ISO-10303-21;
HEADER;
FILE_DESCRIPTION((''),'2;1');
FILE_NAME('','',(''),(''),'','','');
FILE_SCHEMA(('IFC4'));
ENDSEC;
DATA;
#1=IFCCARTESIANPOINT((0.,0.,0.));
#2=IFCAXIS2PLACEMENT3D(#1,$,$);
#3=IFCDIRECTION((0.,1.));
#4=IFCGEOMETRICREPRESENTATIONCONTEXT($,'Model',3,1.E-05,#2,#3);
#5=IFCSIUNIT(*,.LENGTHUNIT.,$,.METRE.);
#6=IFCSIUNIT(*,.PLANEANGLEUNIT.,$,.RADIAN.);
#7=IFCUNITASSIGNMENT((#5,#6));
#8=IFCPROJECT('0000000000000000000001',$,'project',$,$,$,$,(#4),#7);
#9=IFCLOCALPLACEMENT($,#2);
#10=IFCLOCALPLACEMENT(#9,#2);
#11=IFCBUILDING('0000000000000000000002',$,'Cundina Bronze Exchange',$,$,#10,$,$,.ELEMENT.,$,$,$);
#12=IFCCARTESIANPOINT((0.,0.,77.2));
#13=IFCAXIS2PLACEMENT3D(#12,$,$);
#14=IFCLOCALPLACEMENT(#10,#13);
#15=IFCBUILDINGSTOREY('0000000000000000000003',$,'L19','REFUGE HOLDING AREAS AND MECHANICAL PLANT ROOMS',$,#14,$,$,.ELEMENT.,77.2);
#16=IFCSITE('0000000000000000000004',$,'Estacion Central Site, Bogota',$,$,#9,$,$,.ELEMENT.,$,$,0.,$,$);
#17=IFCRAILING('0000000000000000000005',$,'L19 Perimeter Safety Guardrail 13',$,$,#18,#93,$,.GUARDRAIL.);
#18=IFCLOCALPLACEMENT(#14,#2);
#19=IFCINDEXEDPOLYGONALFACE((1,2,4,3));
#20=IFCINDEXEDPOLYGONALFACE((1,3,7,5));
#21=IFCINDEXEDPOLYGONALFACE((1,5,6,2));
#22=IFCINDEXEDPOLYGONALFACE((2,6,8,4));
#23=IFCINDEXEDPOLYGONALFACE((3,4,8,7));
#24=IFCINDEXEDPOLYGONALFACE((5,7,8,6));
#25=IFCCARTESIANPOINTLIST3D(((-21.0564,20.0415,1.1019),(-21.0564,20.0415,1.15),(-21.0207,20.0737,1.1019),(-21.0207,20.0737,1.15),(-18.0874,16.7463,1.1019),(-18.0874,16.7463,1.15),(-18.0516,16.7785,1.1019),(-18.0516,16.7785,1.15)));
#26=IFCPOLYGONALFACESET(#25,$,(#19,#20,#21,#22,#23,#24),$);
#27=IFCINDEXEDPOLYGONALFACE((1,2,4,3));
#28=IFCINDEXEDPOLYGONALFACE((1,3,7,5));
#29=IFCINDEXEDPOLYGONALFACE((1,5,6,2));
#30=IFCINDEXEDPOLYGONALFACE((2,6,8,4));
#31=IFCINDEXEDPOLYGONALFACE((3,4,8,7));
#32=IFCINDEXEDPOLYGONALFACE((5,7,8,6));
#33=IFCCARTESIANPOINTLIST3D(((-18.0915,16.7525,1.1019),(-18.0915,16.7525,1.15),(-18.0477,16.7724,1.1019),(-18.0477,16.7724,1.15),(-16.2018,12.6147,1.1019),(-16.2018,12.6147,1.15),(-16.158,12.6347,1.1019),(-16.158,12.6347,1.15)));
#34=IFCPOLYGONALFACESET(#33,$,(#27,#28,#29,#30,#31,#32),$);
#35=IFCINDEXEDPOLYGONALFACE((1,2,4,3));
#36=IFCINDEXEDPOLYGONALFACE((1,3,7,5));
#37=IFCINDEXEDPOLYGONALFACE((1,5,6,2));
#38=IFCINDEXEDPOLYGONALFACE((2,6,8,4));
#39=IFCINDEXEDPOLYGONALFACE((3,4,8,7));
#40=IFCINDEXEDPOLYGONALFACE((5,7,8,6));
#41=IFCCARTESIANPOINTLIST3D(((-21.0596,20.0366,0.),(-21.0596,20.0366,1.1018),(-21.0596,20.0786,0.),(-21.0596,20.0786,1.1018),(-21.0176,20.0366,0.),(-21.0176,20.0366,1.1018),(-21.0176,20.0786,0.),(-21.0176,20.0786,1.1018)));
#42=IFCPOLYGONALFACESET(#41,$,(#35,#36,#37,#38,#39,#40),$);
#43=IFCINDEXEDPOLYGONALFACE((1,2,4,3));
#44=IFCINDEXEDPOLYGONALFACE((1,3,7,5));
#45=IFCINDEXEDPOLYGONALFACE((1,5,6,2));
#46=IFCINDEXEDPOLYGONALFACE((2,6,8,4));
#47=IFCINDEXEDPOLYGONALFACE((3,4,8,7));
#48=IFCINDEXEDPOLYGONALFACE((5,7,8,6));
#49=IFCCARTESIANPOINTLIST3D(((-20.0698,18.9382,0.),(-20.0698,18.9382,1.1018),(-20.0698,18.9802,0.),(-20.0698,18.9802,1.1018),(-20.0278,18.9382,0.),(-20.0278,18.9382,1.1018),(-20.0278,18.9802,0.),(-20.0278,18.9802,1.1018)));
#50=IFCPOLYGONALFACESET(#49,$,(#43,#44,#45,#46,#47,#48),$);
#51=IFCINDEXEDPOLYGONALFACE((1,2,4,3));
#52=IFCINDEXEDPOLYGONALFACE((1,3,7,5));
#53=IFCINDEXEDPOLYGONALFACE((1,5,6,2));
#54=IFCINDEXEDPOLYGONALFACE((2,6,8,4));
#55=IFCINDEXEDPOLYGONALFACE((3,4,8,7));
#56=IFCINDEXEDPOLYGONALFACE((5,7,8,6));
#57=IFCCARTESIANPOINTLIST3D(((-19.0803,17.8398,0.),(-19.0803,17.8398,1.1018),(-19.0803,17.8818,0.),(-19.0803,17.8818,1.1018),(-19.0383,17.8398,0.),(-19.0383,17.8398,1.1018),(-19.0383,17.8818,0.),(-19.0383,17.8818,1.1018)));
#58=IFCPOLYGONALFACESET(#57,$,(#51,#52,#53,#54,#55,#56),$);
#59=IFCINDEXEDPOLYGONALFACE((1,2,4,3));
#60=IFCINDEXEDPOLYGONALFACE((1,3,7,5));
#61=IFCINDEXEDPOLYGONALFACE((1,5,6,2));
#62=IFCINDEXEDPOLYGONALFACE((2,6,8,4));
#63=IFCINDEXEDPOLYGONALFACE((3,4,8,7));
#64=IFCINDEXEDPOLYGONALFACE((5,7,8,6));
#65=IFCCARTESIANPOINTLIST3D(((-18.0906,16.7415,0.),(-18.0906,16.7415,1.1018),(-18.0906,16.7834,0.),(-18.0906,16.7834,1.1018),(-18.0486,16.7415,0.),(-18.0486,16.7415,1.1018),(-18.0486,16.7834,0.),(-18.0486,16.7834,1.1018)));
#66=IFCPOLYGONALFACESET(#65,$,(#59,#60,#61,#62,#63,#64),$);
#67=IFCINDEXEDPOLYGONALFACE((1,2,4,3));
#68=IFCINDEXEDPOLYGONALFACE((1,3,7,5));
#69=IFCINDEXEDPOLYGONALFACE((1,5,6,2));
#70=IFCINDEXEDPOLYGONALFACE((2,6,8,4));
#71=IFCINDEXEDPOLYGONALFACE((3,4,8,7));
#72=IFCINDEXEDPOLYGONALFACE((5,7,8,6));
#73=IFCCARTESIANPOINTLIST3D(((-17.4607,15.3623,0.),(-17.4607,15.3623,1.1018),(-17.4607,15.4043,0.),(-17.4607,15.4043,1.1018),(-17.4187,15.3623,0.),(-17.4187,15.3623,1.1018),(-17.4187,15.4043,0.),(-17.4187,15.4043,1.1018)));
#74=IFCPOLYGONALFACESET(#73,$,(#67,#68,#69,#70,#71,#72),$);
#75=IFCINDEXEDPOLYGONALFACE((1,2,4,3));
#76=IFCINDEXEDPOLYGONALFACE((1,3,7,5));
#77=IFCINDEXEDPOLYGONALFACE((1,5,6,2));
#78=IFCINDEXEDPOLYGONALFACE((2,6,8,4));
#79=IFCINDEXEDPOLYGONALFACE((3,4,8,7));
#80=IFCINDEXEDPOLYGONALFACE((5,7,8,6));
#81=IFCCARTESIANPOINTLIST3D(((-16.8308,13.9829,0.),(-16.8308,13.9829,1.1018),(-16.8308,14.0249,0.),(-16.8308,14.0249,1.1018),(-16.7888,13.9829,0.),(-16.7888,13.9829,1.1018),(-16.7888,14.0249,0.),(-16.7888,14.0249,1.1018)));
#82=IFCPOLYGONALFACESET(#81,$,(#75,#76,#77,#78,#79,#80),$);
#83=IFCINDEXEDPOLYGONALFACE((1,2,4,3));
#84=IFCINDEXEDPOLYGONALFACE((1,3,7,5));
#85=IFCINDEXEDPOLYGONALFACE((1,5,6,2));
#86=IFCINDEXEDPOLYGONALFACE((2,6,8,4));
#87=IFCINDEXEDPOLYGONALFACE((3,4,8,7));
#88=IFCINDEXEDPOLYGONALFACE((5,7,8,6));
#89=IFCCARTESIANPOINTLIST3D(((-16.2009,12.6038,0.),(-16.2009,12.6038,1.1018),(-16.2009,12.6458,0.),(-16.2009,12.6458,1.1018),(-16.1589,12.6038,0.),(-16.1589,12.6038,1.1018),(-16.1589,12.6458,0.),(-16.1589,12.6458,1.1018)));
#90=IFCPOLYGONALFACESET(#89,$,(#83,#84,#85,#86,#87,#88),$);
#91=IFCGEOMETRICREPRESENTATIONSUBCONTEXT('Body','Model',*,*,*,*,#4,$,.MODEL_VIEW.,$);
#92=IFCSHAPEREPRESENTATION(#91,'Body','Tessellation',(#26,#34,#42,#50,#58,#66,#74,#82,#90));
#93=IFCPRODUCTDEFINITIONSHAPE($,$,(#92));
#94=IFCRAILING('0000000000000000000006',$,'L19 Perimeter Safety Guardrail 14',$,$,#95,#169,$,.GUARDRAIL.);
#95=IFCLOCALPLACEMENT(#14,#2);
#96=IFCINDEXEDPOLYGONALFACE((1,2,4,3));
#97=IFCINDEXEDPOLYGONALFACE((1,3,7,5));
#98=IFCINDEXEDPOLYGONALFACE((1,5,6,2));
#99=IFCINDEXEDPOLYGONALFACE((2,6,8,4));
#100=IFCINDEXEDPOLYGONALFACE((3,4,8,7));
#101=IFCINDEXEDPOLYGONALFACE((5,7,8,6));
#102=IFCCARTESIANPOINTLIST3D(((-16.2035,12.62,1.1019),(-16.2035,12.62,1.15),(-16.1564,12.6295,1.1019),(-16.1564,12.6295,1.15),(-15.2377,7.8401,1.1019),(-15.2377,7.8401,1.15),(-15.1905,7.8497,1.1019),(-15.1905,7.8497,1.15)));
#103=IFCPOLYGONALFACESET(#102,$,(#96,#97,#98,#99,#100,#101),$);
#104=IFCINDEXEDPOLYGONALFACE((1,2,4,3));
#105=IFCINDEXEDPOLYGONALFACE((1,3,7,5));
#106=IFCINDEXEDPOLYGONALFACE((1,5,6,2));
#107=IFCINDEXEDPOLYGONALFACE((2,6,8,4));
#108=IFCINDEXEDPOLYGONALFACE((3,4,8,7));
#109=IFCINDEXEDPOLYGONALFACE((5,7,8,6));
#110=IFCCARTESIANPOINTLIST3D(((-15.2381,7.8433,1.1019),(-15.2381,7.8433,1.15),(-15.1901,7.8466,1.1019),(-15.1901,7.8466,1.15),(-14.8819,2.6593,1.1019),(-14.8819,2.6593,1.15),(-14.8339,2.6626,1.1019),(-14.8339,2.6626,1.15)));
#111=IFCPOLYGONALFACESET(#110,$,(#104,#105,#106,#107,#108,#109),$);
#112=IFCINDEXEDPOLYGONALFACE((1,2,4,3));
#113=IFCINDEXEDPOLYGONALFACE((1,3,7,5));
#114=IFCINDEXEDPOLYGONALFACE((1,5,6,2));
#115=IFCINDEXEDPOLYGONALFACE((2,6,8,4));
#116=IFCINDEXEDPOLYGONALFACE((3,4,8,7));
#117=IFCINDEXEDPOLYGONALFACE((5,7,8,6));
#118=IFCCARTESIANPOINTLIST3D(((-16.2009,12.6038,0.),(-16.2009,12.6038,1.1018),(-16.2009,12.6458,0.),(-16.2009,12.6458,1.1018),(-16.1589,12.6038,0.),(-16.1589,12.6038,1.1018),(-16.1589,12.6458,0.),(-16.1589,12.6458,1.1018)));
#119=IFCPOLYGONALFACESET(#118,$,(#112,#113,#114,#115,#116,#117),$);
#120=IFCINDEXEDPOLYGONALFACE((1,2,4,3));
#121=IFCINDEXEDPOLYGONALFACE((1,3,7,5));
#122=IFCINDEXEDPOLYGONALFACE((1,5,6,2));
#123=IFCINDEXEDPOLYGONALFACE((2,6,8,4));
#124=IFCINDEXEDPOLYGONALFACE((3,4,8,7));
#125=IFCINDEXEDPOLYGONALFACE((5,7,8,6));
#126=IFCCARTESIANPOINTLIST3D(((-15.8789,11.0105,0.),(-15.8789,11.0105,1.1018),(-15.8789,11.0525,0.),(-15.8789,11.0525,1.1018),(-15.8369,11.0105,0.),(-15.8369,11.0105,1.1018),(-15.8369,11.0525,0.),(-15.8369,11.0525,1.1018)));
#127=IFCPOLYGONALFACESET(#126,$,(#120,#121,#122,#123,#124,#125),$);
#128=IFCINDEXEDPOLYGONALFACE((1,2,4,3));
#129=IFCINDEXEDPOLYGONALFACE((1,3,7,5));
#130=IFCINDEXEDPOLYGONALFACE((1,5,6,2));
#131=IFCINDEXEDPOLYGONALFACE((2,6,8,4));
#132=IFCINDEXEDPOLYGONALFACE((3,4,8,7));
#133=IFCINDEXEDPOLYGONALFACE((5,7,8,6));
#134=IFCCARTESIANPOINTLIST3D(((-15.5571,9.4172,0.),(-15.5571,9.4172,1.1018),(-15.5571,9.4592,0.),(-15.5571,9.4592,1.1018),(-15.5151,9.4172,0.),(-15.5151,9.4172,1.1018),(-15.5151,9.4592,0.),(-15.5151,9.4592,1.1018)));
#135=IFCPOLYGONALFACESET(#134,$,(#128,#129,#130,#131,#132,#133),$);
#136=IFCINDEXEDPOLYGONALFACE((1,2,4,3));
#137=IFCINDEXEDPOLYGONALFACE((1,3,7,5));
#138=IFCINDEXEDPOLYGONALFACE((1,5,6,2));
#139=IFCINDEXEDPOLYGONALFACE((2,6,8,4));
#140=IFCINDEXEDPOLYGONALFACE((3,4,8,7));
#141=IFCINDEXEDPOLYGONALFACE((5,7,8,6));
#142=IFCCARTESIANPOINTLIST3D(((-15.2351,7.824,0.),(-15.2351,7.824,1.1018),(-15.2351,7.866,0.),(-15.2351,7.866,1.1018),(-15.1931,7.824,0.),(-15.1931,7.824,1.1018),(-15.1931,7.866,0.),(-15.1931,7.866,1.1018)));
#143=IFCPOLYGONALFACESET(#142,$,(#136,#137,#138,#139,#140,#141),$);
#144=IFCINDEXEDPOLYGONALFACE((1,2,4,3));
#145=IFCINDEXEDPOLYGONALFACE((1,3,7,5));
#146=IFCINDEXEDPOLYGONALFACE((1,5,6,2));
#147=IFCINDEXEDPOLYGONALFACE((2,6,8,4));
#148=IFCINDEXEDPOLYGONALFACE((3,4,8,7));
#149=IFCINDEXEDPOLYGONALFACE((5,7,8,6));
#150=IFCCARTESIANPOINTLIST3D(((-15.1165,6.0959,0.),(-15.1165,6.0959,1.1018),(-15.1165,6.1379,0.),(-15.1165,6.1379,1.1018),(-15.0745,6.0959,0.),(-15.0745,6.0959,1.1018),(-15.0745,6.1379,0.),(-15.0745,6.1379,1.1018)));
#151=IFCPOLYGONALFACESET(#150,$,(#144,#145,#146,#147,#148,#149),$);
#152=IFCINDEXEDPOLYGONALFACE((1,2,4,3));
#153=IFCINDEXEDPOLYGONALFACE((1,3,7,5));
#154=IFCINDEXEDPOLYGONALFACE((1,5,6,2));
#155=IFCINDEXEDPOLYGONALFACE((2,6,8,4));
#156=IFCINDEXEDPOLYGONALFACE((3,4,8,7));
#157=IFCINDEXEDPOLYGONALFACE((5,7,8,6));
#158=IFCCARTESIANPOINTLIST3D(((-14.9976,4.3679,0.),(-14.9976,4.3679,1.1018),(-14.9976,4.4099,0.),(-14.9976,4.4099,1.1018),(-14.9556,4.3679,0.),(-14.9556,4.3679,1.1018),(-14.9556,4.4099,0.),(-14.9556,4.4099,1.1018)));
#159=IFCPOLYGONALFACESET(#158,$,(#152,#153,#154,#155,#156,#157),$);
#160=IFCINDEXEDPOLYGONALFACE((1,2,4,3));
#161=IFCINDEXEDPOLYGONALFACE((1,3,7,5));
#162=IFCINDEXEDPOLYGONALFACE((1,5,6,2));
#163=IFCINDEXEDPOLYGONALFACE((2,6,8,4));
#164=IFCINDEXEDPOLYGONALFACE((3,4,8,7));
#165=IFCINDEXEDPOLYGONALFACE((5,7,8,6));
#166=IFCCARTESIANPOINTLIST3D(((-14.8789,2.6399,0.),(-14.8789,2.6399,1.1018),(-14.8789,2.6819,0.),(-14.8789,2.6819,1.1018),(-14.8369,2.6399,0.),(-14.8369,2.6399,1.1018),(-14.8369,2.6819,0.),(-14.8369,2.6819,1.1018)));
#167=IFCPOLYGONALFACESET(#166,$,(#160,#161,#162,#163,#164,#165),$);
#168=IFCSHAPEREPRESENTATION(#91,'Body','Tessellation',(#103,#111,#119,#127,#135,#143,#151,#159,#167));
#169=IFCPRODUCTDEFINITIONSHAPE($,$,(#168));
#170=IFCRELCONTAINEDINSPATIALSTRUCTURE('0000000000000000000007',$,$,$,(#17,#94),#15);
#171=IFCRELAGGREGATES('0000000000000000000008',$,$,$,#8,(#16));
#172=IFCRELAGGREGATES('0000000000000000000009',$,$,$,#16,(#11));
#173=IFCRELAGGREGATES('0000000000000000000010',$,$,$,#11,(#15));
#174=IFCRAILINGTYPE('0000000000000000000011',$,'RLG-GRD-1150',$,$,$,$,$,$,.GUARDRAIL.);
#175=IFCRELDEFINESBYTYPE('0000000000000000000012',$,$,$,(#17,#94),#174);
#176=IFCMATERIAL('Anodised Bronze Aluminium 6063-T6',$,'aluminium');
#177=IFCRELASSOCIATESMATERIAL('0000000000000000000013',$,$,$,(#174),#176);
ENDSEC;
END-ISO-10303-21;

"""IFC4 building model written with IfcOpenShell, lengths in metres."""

from ifc_helpers import new_model, si_unit, direction, frame, origin, origin_2d, place, context, subcontext, project, spatial, rectangle, extrude, material, type_object, element, save


model = new_model("IFC4")

# Units and contexts
model_context = context("Model", 3, precision=1e-05, world=origin(), true_north=direction((0.0, 1.0)))
body_context = subcontext(model_context, "Body", "Model", "MODEL_VIEW")
ifc_project = project(units=[si_unit("LENGTHUNIT", "METRE"), si_unit("PLANEANGLEUNIT", "RADIAN")], contexts=[model_context])

# Site, building, storey
site_placement = place(None, origin())
site = spatial("IfcSite", under=ifc_project, at=site_placement, Name="Estacion Central Site, Bogota", CompositionType="ELEMENT", RefElevation=0.0)
building_placement = place(site_placement, origin())
building = spatial("IfcBuilding", under=site, at=building_placement, Name="Cundina Bronze Exchange", CompositionType="ELEMENT")
storey_placement = place(building_placement, frame((0.0, 0.0, 77.2)))
storey = spatial("IfcBuildingStorey", under=building, at=storey_placement, Name="L19", Description="REFUGE HOLDING AREAS AND MECHANICAL PLANT ROOMS", CompositionType="ELEMENT", Elevation=77.2)

# Railings
ifc_material_1 = material(Name="Anodised Bronze Aluminium 6063-T6", Category="aluminium")
railing_type = type_object("IfcRailingType", Name="RLG-GRD-1150", PredefinedType="GUARDRAIL", material=ifc_material_1)
railing_1_placement = place(storey_placement, frame((-21.0386, 20.0576, 0.0)))
element("IfcRailing", 1, at=railing_1_placement, inside=storey, type_object=railing_type, Name="L19 Perimeter Safety Guardrail 13", PredefinedType="GUARDRAIL", context=body_context, shape_type="SweptSolid", body=[
    extrude(rectangle(XDim=0.0481, YDim=0.0481, at=origin_2d()), frame((0.0, 0.0, 1.126), z_axis=(0.669381, -0.742919, 0.0), x_axis=(0.742919, 0.669381, 0.0)), (0.0, 0.0, 1.0), 4.4355),
    extrude(rectangle(XDim=0.0481, YDim=0.0481, at=origin_2d()), frame((2.969, -3.2952, 1.126), z_axis=(0.41542, -0.90963, 0.0), x_axis=(0.90963, 0.41542, 0.0)), (0.0, 0.0, 1.0), 4.5488),
    extrude(rectangle(XDim=0.042, YDim=0.042, at=origin_2d()), origin(), (0.0, 0.0, 1.0), 1.1018),
    extrude(rectangle(XDim=0.042, YDim=0.042, at=origin_2d()), frame((0.9897, -1.0984, 0.0)), (0.0, 0.0, 1.0), 1.1018),
    extrude(rectangle(XDim=0.042, YDim=0.042, at=origin_2d()), frame((1.9792, -2.1968, 0.0)), (0.0, 0.0, 1.0), 1.1018),
    extrude(rectangle(XDim=0.042, YDim=0.042, at=origin_2d()), frame((2.969, -3.2952, 0.0)), (0.0, 0.0, 1.0), 1.1018),
    extrude(rectangle(XDim=0.042, YDim=0.042, at=origin_2d()), frame((3.5989, -4.6743, 0.0)), (0.0, 0.0, 1.0), 1.1018),
    extrude(rectangle(XDim=0.042, YDim=0.042, at=origin_2d()), frame((4.2288, -6.0537, 0.0)), (0.0, 0.0, 1.0), 1.1018),
    extrude(rectangle(XDim=0.042, YDim=0.042, at=origin_2d()), frame((4.8586, -7.4329, 0.0)), (0.0, 0.0, 1.0), 1.1018),
])
railing_2_placement = place(storey_placement, frame((-16.1799, 12.6248, 0.0)))
element("IfcRailing", 2, at=railing_2_placement, inside=storey, type_object=railing_type, Name="L19 Perimeter Safety Guardrail 14", PredefinedType="GUARDRAIL", context=body_context, shape_type="SweptSolid", body=[
    extrude(rectangle(XDim=0.0481, YDim=0.0481, at=origin_2d()), frame((0.0, 0.0, 1.126), z_axis=(0.198061, -0.98019, 0.0), x_axis=(0.98019, 0.198061, 0.0)), (0.0, 0.0, 1.0), 4.8765),
    extrude(rectangle(XDim=0.0481, YDim=0.0481, at=origin_2d()), frame((0.9658, -4.7798, 1.126), z_axis=(0.068549, -0.997648, 0.0), x_axis=(0.997648, 0.068549, 0.0)), (0.0, 0.0, 1.0), 5.1963),
    extrude(rectangle(XDim=0.042, YDim=0.042, at=origin_2d()), origin(), (0.0, 0.0, 1.0), 1.1018),
    extrude(rectangle(XDim=0.042, YDim=0.042, at=origin_2d()), frame((0.322, -1.5933, 0.0)), (0.0, 0.0, 1.0), 1.1018),
    extrude(rectangle(XDim=0.042, YDim=0.042, at=origin_2d()), frame((0.6438, -3.1865, 0.0)), (0.0, 0.0, 1.0), 1.1018),
    extrude(rectangle(XDim=0.042, YDim=0.042, at=origin_2d()), frame((0.9658, -4.7798, 0.0)), (0.0, 0.0, 1.0), 1.1018),
    extrude(rectangle(XDim=0.042, YDim=0.042, at=origin_2d()), frame((1.0845, -6.5078, 0.0)), (0.0, 0.0, 1.0), 1.1018),
    extrude(rectangle(XDim=0.042, YDim=0.042, at=origin_2d()), frame((1.2034, -8.2358, 0.0)), (0.0, 0.0, 1.0), 1.1018),
    extrude(rectangle(XDim=0.042, YDim=0.042, at=origin_2d()), frame((1.322, -9.9639, 0.0)), (0.0, 0.0, 1.0), 1.1018),
])

save(model, "model.ifc")
